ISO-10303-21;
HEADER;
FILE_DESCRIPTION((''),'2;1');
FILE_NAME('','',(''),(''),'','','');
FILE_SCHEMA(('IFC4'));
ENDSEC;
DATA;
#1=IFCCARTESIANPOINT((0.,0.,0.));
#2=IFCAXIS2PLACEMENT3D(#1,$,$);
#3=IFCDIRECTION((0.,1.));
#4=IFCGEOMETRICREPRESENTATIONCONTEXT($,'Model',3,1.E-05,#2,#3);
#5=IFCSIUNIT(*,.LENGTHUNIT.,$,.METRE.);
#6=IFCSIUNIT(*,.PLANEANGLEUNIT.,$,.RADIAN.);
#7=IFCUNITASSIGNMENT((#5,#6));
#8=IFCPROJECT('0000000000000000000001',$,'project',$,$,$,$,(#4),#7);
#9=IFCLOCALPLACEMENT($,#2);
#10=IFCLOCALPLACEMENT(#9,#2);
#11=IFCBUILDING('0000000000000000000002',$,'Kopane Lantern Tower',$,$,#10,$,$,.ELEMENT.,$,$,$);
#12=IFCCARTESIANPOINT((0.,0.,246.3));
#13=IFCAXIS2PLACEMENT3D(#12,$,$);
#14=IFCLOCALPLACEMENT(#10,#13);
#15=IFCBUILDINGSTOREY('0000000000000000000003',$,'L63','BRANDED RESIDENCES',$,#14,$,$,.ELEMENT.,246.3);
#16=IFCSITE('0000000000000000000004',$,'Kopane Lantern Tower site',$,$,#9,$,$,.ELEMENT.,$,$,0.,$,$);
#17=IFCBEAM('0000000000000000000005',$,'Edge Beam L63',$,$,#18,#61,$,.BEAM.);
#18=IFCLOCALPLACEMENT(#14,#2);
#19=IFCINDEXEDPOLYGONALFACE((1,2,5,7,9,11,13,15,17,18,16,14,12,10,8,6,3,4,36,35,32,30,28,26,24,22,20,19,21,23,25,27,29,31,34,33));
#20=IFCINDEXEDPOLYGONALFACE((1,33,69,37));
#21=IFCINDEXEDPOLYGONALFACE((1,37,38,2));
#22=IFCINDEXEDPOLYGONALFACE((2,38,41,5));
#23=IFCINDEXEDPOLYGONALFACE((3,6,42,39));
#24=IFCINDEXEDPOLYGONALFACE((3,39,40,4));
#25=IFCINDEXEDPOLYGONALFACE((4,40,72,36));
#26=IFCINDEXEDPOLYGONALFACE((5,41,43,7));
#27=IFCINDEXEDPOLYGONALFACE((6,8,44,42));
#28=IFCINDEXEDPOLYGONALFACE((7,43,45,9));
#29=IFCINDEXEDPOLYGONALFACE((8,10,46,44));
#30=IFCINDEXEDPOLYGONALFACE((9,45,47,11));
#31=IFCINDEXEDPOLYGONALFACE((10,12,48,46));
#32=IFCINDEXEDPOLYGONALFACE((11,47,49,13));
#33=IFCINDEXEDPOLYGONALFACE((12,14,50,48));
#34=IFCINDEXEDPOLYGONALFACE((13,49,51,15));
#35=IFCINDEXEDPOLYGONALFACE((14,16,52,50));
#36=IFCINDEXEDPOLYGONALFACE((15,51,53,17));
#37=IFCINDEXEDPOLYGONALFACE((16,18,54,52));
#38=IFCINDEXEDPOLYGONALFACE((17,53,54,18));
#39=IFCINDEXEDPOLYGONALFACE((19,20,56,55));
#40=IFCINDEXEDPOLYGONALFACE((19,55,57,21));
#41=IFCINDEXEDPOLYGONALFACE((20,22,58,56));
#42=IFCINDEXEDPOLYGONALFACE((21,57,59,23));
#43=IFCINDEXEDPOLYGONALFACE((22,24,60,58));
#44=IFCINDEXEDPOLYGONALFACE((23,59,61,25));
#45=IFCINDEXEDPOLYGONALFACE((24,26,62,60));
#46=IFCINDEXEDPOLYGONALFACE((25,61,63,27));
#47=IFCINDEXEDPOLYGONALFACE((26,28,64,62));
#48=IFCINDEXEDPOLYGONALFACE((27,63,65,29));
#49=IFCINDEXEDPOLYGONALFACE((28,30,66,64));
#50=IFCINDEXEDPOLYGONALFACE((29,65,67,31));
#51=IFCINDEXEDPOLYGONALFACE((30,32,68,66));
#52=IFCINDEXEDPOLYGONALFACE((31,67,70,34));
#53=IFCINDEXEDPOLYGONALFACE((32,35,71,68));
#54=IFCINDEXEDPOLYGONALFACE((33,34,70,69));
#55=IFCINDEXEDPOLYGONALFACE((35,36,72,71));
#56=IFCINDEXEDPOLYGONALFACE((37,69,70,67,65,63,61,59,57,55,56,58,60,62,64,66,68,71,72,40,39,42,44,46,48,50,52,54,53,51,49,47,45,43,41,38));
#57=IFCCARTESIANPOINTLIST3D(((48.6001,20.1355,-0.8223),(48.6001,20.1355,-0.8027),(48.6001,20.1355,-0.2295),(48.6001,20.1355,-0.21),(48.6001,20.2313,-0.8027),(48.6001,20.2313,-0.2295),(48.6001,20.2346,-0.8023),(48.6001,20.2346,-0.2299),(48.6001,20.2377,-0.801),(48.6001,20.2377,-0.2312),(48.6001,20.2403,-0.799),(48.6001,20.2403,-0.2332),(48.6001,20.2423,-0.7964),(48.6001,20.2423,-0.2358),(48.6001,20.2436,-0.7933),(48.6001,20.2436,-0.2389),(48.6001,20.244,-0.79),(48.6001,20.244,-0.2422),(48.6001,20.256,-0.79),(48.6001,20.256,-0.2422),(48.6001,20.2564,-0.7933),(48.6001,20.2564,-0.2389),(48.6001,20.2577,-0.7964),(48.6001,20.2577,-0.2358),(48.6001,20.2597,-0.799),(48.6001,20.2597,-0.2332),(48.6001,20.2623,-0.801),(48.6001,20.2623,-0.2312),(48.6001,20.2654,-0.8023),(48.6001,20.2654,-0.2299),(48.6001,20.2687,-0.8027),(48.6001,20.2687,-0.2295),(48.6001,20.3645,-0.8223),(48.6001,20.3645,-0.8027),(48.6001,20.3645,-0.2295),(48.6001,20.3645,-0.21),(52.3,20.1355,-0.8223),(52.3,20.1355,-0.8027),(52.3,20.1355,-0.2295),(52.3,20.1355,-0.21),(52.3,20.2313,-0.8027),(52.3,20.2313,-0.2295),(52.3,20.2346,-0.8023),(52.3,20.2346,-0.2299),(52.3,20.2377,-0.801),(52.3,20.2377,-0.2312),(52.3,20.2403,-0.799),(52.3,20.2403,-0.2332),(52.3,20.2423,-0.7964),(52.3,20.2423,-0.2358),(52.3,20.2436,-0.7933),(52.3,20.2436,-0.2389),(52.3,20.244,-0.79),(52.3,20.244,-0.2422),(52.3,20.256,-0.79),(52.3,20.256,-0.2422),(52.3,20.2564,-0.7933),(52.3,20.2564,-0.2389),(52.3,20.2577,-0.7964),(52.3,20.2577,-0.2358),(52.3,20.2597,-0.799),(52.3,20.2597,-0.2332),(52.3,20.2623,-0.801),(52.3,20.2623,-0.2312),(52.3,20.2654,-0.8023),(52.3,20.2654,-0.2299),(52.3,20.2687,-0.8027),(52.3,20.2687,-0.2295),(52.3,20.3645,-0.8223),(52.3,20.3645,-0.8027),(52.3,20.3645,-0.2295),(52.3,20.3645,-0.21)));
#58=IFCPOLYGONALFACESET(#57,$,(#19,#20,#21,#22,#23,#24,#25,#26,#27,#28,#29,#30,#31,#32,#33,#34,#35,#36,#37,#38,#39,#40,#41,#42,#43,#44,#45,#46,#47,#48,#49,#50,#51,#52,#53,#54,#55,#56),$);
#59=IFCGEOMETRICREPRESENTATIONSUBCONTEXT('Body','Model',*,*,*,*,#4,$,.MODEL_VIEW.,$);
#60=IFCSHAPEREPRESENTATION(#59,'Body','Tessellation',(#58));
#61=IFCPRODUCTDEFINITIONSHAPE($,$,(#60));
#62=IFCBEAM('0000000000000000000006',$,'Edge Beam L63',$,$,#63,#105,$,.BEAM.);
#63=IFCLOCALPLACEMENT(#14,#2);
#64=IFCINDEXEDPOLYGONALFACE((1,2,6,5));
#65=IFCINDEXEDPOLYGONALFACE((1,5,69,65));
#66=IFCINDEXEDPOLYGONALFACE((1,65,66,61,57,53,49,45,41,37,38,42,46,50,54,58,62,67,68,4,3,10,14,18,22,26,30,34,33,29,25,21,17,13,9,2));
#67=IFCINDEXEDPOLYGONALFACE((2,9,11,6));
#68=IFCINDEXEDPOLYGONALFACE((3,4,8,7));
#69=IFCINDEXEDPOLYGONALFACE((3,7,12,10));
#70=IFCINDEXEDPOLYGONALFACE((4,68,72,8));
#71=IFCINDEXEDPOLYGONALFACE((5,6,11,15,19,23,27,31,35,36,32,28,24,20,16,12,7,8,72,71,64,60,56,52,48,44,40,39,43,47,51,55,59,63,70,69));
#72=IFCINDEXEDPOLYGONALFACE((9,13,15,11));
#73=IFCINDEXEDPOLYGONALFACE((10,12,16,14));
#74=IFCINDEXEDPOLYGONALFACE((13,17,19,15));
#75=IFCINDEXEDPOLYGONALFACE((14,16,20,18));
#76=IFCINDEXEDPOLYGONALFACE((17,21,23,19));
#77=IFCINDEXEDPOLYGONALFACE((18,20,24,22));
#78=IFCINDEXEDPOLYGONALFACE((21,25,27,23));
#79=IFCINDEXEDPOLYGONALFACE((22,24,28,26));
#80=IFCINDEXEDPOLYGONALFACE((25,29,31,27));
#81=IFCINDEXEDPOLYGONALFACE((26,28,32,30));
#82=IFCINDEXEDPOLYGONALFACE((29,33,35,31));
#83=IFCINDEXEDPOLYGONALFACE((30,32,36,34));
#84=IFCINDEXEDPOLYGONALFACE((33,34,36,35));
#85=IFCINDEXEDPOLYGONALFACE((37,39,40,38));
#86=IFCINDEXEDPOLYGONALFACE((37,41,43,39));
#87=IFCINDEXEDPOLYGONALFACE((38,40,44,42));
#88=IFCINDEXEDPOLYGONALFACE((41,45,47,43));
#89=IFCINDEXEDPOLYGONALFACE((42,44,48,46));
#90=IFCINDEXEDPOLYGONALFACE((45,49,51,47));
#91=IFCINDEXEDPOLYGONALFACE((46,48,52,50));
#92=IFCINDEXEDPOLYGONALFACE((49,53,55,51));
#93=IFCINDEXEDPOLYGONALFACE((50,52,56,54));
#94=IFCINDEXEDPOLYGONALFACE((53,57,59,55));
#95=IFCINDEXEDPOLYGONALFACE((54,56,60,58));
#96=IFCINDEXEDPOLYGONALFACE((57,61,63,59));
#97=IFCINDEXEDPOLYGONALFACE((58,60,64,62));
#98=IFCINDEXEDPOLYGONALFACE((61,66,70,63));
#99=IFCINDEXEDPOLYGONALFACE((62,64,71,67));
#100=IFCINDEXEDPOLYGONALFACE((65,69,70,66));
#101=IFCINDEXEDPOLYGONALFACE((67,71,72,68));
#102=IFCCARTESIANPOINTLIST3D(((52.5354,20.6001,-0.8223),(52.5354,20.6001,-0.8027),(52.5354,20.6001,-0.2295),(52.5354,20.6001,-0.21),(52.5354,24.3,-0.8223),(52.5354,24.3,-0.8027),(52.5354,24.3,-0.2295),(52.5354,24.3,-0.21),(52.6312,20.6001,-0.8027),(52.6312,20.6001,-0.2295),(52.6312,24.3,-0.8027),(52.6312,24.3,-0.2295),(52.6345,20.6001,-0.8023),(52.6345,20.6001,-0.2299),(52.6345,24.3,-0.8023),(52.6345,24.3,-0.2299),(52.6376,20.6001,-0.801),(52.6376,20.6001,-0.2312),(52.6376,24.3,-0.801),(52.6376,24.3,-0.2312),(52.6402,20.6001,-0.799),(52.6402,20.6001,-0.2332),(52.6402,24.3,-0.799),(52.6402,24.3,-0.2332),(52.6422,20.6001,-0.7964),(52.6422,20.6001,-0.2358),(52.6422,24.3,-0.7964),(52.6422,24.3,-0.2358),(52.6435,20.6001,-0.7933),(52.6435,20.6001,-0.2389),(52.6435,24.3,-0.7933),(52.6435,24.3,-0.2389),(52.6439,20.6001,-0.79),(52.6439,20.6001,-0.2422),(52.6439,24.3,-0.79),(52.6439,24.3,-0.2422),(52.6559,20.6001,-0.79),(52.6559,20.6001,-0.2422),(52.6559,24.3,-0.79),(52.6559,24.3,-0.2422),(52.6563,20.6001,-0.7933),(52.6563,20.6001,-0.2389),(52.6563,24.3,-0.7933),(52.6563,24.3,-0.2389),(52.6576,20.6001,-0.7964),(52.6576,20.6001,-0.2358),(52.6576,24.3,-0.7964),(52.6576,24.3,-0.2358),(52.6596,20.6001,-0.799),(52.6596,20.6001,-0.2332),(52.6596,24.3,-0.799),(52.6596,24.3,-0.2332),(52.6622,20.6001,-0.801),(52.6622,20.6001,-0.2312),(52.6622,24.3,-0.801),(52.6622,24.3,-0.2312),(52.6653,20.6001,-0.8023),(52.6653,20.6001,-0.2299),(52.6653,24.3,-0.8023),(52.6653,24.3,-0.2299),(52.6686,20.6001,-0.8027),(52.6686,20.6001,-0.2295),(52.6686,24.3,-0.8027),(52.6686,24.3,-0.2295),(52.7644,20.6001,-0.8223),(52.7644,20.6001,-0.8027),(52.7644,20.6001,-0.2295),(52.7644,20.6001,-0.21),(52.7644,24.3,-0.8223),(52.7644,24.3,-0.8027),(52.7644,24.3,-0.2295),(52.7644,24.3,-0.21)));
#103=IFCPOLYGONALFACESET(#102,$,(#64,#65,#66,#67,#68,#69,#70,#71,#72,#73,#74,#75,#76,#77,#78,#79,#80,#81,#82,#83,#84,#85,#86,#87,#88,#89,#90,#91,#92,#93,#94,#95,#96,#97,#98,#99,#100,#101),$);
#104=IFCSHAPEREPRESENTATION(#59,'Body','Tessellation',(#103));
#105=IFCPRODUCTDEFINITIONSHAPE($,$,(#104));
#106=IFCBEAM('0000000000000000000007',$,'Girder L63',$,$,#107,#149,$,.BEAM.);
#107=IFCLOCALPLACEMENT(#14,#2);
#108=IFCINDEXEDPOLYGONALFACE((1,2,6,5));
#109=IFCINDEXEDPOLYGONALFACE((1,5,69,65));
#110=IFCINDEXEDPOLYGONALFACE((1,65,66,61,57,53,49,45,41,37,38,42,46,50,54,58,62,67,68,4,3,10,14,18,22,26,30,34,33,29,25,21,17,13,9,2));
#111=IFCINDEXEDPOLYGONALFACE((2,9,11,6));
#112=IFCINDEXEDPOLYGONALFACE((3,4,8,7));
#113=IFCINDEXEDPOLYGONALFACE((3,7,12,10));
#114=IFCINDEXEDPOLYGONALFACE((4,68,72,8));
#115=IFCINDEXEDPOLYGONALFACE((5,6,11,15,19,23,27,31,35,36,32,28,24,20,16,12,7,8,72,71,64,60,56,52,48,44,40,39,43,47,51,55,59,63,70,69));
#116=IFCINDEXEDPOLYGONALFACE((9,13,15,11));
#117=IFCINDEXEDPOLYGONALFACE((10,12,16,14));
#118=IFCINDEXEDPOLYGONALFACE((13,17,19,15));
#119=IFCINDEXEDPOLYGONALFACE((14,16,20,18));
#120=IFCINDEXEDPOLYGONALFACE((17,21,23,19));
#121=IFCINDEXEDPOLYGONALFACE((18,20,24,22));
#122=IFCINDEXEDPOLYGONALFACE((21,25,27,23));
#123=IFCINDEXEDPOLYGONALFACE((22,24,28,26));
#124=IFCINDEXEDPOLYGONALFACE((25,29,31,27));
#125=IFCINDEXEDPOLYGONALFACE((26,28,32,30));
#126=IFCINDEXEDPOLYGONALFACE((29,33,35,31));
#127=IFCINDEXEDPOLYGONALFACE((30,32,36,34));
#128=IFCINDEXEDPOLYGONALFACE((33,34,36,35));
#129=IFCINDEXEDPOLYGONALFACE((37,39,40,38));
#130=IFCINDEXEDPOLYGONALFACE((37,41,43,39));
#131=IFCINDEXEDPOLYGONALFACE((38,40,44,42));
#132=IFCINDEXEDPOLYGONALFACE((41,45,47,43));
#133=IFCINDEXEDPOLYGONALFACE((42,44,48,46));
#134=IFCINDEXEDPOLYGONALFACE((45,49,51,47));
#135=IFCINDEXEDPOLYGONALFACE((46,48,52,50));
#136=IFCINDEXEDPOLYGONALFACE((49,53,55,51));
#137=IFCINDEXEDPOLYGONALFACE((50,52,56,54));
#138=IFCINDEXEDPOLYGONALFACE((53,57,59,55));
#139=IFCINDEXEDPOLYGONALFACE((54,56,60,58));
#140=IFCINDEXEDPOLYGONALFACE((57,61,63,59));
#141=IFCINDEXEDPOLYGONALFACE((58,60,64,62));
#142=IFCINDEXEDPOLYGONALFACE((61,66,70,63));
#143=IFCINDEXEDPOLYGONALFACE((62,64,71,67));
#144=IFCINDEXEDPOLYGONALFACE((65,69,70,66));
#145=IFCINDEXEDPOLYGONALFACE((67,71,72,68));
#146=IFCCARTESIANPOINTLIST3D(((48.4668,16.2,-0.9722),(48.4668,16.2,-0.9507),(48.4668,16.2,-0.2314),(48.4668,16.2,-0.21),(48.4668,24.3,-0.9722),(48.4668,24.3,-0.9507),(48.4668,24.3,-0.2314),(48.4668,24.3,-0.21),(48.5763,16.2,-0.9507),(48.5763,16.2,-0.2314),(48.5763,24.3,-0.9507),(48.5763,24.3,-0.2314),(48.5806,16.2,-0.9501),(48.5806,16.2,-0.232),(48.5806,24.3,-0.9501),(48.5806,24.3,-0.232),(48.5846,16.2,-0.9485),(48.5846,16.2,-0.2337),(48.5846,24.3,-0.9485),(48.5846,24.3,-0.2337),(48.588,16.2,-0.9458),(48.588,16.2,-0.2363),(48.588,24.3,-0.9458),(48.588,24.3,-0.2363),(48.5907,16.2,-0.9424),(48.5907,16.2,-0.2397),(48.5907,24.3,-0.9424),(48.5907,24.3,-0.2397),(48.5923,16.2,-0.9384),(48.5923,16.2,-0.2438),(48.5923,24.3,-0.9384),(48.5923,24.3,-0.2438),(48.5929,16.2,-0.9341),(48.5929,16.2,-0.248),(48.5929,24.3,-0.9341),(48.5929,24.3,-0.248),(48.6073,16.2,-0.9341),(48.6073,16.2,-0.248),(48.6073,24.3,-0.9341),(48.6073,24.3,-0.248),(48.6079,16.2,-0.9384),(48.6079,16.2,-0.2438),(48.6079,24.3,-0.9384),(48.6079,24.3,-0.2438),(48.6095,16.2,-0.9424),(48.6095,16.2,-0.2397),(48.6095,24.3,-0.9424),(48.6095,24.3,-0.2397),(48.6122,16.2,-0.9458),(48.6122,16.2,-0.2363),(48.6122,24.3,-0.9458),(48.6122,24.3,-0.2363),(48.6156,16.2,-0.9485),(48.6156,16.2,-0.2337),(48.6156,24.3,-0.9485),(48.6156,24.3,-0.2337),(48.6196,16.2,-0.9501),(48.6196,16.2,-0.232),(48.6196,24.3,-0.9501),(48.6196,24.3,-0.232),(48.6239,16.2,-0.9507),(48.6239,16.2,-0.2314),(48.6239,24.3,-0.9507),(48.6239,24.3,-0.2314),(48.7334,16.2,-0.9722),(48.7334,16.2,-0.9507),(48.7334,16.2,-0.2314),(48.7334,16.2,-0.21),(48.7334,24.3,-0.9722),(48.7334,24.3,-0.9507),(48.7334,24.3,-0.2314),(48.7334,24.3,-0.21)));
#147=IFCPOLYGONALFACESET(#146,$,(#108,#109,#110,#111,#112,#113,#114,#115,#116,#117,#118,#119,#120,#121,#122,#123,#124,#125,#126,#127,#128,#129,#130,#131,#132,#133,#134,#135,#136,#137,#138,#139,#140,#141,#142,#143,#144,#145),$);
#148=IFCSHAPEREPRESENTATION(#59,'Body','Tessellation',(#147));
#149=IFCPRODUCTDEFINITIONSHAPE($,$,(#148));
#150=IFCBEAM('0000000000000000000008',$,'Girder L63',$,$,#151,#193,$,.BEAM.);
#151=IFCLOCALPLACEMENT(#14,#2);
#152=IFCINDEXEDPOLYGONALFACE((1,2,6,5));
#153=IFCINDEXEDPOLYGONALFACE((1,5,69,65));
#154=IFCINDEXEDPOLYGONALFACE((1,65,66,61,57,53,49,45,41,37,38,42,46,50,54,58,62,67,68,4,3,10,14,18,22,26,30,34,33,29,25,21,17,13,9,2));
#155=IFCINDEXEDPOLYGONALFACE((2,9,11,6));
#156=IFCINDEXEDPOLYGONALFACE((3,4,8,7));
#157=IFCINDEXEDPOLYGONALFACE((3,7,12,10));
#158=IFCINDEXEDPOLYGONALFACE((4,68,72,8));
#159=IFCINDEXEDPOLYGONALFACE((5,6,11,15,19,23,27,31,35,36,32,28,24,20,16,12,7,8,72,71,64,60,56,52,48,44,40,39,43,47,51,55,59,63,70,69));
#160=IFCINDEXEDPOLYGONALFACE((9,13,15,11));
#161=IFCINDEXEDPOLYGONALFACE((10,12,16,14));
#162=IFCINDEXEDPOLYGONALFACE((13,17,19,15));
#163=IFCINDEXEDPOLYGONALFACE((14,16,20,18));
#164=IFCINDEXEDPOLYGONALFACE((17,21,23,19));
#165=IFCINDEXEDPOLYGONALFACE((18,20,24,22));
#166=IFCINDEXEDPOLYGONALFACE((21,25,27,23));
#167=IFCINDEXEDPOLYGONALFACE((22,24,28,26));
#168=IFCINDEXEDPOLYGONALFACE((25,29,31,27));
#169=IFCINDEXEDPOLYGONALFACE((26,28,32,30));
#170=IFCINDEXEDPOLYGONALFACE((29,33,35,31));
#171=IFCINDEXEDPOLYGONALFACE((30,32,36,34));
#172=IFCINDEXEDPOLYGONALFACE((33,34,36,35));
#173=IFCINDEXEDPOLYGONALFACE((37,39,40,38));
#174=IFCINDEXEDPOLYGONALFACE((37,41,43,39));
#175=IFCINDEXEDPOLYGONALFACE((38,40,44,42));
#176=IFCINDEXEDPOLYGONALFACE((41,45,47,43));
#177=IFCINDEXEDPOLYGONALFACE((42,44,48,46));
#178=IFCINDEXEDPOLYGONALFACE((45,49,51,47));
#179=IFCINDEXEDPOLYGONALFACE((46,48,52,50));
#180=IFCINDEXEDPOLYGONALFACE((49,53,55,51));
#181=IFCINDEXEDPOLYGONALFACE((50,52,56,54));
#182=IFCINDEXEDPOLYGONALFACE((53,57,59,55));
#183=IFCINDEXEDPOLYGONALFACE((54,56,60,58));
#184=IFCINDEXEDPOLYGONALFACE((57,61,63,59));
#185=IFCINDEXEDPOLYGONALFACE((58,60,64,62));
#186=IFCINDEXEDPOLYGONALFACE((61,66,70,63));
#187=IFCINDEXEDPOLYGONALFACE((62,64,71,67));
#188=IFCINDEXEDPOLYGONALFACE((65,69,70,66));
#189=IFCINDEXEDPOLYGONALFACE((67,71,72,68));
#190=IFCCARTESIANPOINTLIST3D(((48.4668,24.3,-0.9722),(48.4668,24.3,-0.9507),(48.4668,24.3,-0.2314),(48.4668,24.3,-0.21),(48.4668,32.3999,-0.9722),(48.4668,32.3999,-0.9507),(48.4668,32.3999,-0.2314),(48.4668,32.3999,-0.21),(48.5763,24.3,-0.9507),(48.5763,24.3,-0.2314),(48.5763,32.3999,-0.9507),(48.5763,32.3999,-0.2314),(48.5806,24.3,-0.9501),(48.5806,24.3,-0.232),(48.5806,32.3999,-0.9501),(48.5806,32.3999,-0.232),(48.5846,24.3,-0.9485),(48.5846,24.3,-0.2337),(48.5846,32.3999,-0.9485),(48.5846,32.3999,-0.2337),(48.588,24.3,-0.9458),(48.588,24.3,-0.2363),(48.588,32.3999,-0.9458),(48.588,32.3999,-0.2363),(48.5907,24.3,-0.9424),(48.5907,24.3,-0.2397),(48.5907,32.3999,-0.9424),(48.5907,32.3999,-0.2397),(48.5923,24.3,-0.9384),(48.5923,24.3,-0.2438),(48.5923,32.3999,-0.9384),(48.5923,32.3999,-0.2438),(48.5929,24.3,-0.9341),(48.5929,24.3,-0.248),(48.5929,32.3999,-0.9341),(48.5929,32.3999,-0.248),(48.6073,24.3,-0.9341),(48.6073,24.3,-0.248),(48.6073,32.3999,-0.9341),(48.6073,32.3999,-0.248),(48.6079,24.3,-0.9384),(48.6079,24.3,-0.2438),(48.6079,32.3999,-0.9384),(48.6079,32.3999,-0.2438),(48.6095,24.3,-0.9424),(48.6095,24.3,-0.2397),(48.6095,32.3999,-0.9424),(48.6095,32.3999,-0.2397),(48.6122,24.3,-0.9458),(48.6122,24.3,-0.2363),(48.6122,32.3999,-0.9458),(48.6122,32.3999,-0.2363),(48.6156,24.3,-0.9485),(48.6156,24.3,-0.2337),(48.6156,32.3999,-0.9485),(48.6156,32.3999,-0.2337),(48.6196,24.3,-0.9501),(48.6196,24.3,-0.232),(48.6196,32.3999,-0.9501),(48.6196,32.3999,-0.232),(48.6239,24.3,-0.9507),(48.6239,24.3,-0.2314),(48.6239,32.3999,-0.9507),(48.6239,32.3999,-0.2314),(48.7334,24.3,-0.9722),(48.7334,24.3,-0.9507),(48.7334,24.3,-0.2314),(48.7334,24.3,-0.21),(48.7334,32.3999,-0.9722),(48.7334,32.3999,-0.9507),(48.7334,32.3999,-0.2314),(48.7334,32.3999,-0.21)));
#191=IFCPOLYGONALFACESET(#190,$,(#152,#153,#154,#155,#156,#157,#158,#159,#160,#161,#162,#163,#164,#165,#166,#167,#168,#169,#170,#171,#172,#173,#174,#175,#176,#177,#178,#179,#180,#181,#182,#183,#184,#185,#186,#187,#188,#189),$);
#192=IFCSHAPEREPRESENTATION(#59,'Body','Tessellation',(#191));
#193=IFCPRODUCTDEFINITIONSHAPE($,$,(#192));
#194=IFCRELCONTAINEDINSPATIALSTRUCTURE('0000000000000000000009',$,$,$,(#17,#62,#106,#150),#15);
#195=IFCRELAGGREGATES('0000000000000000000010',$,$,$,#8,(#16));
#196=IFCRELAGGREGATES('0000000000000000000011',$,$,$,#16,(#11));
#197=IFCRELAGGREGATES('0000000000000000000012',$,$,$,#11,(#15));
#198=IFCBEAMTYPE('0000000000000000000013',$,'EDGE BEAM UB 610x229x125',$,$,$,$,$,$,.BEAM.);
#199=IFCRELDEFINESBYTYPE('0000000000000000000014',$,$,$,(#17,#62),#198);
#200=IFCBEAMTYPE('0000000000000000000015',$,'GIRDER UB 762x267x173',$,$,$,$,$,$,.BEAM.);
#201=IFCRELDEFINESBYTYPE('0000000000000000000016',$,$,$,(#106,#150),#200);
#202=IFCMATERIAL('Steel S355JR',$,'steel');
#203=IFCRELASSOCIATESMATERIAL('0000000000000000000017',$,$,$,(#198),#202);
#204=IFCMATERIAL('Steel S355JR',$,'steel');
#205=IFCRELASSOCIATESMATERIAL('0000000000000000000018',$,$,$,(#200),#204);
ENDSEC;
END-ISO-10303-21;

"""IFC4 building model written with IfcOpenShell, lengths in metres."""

from ifc_helpers import new_model, si_unit, direction, frame, origin, origin_2d, place, context, subcontext, project, spatial, i_section, extrude, material, material_profile, profile_set, type_object, element, save


model = new_model("IFC4")

# Units and contexts
model_context = context("Model", 3, precision=1e-05, world=origin(), true_north=direction((0.0, 1.0)))
body_context = subcontext(model_context, "Body", "Model", "MODEL_VIEW")
ifc_project = project(units=[si_unit("LENGTHUNIT", "METRE"), si_unit("PLANEANGLEUNIT", "RADIAN")], contexts=[model_context])

# Site, building, storey
site_placement = place(None, origin())
site = spatial("IfcSite", under=ifc_project, at=site_placement, Name="Kopane Lantern Tower site", CompositionType="ELEMENT", RefElevation=0.0)
building_placement = place(site_placement, origin())
building = spatial("IfcBuilding", under=site, at=building_placement, Name="Kopane Lantern Tower", CompositionType="ELEMENT")
storey_placement = place(building_placement, frame((0.0, 0.0, 246.3)))
storey = spatial("IfcBuildingStorey", under=building, at=storey_placement, Name="L63", Description="BRANDED RESIDENCES", CompositionType="ELEMENT", Elevation=246.3)

# Beams
ifc_material_1 = material(Name="Steel S355JR", Category="steel")
ifc_material_profile_1 = material_profile(ifc_material_1, i_section(OverallWidth=0.229, OverallDepth=0.6123, WebThickness=0.012, FlangeThickness=0.0195, FilletRadius=0.0127, at=origin_2d()), Name="UB 610x229x125")
ifc_profile_set_1 = profile_set([ifc_material_profile_1], Name="Steel S355JR")
beam_type_1 = type_object("IfcBeamType", Name="EDGE BEAM UB 610x229x125", PredefinedType="BEAM", material=ifc_profile_set_1)
for number, where, z_axis, x_axis, name in (
    (1, (52.3, 20.25, -0.5161), (-1.0, 0.0, 0.0), (0.0, -1.0, 0.0), "Edge Beam L63"),
    (2, (52.6499, 20.6001, -0.5161), (0.0, 1.0, 0.0), (-1.0, 0.0, 0.0), "Edge Beam L63"),
):
    element("IfcBeam", number, at=place(storey_placement, frame(where, z_axis=z_axis, x_axis=x_axis)), inside=storey, type_object=beam_type_1, Name=name, PredefinedType="BEAM", context=body_context, shape_type="SweptSolid", body=[
        extrude(i_section(OverallWidth=0.229, OverallDepth=0.6123, WebThickness=0.012, FlangeThickness=0.0195, FilletRadius=0.0127, at=origin_2d()), origin(), (0.0, 0.0, 1.0), 3.7),
    ])
ifc_material_2 = material(Name="Steel S355JR", Category="steel")
ifc_material_profile_2 = material_profile(ifc_material_2, i_section(OverallWidth=0.2666, OverallDepth=0.7622, WebThickness=0.0144, FlangeThickness=0.0215, FilletRadius=0.0166, at=origin_2d()), Name="UB 762x267x173")
ifc_profile_set_2 = profile_set([ifc_material_profile_2], Name="Steel S355JR")
beam_type_2 = type_object("IfcBeamType", Name="GIRDER UB 762x267x173", PredefinedType="BEAM", material=ifc_profile_set_2)
beam_1_placement = place(storey_placement, frame((48.6001, 16.2, -0.5911), z_axis=(0.0, 1.0, 0.0), x_axis=(-1.0, 0.0, 0.0)))
element("IfcBeam", 3, at=beam_1_placement, inside=storey, type_object=beam_type_2, Name="Girder L63", PredefinedType="BEAM", context=body_context, shape_type="SweptSolid", body=[
    extrude(i_section(OverallWidth=0.2666, OverallDepth=0.7622, WebThickness=0.0144, FlangeThickness=0.0215, FilletRadius=0.0166, at=origin_2d()), origin(), (0.0, 0.0, 1.0), 8.1001),
])
for number, where, z_axis, x_axis, name in (
    (4, (48.6001, 24.3, -0.5911), (0.0, 1.0, 0.0), (-1.0, 0.0, 0.0), "Girder L63"),
):
    element("IfcBeam", number, at=place(storey_placement, frame(where, z_axis=z_axis, x_axis=x_axis)), inside=storey, type_object=beam_type_2, Name=name, PredefinedType="BEAM", context=body_context, shape_type="SweptSolid", body=[
        extrude(i_section(OverallWidth=0.2666, OverallDepth=0.7622, WebThickness=0.0144, FlangeThickness=0.0215, FilletRadius=0.0166, at=origin_2d()), origin(), (0.0, 0.0, 1.0), 8.0999),
    ])

save(model, "model.ifc")
